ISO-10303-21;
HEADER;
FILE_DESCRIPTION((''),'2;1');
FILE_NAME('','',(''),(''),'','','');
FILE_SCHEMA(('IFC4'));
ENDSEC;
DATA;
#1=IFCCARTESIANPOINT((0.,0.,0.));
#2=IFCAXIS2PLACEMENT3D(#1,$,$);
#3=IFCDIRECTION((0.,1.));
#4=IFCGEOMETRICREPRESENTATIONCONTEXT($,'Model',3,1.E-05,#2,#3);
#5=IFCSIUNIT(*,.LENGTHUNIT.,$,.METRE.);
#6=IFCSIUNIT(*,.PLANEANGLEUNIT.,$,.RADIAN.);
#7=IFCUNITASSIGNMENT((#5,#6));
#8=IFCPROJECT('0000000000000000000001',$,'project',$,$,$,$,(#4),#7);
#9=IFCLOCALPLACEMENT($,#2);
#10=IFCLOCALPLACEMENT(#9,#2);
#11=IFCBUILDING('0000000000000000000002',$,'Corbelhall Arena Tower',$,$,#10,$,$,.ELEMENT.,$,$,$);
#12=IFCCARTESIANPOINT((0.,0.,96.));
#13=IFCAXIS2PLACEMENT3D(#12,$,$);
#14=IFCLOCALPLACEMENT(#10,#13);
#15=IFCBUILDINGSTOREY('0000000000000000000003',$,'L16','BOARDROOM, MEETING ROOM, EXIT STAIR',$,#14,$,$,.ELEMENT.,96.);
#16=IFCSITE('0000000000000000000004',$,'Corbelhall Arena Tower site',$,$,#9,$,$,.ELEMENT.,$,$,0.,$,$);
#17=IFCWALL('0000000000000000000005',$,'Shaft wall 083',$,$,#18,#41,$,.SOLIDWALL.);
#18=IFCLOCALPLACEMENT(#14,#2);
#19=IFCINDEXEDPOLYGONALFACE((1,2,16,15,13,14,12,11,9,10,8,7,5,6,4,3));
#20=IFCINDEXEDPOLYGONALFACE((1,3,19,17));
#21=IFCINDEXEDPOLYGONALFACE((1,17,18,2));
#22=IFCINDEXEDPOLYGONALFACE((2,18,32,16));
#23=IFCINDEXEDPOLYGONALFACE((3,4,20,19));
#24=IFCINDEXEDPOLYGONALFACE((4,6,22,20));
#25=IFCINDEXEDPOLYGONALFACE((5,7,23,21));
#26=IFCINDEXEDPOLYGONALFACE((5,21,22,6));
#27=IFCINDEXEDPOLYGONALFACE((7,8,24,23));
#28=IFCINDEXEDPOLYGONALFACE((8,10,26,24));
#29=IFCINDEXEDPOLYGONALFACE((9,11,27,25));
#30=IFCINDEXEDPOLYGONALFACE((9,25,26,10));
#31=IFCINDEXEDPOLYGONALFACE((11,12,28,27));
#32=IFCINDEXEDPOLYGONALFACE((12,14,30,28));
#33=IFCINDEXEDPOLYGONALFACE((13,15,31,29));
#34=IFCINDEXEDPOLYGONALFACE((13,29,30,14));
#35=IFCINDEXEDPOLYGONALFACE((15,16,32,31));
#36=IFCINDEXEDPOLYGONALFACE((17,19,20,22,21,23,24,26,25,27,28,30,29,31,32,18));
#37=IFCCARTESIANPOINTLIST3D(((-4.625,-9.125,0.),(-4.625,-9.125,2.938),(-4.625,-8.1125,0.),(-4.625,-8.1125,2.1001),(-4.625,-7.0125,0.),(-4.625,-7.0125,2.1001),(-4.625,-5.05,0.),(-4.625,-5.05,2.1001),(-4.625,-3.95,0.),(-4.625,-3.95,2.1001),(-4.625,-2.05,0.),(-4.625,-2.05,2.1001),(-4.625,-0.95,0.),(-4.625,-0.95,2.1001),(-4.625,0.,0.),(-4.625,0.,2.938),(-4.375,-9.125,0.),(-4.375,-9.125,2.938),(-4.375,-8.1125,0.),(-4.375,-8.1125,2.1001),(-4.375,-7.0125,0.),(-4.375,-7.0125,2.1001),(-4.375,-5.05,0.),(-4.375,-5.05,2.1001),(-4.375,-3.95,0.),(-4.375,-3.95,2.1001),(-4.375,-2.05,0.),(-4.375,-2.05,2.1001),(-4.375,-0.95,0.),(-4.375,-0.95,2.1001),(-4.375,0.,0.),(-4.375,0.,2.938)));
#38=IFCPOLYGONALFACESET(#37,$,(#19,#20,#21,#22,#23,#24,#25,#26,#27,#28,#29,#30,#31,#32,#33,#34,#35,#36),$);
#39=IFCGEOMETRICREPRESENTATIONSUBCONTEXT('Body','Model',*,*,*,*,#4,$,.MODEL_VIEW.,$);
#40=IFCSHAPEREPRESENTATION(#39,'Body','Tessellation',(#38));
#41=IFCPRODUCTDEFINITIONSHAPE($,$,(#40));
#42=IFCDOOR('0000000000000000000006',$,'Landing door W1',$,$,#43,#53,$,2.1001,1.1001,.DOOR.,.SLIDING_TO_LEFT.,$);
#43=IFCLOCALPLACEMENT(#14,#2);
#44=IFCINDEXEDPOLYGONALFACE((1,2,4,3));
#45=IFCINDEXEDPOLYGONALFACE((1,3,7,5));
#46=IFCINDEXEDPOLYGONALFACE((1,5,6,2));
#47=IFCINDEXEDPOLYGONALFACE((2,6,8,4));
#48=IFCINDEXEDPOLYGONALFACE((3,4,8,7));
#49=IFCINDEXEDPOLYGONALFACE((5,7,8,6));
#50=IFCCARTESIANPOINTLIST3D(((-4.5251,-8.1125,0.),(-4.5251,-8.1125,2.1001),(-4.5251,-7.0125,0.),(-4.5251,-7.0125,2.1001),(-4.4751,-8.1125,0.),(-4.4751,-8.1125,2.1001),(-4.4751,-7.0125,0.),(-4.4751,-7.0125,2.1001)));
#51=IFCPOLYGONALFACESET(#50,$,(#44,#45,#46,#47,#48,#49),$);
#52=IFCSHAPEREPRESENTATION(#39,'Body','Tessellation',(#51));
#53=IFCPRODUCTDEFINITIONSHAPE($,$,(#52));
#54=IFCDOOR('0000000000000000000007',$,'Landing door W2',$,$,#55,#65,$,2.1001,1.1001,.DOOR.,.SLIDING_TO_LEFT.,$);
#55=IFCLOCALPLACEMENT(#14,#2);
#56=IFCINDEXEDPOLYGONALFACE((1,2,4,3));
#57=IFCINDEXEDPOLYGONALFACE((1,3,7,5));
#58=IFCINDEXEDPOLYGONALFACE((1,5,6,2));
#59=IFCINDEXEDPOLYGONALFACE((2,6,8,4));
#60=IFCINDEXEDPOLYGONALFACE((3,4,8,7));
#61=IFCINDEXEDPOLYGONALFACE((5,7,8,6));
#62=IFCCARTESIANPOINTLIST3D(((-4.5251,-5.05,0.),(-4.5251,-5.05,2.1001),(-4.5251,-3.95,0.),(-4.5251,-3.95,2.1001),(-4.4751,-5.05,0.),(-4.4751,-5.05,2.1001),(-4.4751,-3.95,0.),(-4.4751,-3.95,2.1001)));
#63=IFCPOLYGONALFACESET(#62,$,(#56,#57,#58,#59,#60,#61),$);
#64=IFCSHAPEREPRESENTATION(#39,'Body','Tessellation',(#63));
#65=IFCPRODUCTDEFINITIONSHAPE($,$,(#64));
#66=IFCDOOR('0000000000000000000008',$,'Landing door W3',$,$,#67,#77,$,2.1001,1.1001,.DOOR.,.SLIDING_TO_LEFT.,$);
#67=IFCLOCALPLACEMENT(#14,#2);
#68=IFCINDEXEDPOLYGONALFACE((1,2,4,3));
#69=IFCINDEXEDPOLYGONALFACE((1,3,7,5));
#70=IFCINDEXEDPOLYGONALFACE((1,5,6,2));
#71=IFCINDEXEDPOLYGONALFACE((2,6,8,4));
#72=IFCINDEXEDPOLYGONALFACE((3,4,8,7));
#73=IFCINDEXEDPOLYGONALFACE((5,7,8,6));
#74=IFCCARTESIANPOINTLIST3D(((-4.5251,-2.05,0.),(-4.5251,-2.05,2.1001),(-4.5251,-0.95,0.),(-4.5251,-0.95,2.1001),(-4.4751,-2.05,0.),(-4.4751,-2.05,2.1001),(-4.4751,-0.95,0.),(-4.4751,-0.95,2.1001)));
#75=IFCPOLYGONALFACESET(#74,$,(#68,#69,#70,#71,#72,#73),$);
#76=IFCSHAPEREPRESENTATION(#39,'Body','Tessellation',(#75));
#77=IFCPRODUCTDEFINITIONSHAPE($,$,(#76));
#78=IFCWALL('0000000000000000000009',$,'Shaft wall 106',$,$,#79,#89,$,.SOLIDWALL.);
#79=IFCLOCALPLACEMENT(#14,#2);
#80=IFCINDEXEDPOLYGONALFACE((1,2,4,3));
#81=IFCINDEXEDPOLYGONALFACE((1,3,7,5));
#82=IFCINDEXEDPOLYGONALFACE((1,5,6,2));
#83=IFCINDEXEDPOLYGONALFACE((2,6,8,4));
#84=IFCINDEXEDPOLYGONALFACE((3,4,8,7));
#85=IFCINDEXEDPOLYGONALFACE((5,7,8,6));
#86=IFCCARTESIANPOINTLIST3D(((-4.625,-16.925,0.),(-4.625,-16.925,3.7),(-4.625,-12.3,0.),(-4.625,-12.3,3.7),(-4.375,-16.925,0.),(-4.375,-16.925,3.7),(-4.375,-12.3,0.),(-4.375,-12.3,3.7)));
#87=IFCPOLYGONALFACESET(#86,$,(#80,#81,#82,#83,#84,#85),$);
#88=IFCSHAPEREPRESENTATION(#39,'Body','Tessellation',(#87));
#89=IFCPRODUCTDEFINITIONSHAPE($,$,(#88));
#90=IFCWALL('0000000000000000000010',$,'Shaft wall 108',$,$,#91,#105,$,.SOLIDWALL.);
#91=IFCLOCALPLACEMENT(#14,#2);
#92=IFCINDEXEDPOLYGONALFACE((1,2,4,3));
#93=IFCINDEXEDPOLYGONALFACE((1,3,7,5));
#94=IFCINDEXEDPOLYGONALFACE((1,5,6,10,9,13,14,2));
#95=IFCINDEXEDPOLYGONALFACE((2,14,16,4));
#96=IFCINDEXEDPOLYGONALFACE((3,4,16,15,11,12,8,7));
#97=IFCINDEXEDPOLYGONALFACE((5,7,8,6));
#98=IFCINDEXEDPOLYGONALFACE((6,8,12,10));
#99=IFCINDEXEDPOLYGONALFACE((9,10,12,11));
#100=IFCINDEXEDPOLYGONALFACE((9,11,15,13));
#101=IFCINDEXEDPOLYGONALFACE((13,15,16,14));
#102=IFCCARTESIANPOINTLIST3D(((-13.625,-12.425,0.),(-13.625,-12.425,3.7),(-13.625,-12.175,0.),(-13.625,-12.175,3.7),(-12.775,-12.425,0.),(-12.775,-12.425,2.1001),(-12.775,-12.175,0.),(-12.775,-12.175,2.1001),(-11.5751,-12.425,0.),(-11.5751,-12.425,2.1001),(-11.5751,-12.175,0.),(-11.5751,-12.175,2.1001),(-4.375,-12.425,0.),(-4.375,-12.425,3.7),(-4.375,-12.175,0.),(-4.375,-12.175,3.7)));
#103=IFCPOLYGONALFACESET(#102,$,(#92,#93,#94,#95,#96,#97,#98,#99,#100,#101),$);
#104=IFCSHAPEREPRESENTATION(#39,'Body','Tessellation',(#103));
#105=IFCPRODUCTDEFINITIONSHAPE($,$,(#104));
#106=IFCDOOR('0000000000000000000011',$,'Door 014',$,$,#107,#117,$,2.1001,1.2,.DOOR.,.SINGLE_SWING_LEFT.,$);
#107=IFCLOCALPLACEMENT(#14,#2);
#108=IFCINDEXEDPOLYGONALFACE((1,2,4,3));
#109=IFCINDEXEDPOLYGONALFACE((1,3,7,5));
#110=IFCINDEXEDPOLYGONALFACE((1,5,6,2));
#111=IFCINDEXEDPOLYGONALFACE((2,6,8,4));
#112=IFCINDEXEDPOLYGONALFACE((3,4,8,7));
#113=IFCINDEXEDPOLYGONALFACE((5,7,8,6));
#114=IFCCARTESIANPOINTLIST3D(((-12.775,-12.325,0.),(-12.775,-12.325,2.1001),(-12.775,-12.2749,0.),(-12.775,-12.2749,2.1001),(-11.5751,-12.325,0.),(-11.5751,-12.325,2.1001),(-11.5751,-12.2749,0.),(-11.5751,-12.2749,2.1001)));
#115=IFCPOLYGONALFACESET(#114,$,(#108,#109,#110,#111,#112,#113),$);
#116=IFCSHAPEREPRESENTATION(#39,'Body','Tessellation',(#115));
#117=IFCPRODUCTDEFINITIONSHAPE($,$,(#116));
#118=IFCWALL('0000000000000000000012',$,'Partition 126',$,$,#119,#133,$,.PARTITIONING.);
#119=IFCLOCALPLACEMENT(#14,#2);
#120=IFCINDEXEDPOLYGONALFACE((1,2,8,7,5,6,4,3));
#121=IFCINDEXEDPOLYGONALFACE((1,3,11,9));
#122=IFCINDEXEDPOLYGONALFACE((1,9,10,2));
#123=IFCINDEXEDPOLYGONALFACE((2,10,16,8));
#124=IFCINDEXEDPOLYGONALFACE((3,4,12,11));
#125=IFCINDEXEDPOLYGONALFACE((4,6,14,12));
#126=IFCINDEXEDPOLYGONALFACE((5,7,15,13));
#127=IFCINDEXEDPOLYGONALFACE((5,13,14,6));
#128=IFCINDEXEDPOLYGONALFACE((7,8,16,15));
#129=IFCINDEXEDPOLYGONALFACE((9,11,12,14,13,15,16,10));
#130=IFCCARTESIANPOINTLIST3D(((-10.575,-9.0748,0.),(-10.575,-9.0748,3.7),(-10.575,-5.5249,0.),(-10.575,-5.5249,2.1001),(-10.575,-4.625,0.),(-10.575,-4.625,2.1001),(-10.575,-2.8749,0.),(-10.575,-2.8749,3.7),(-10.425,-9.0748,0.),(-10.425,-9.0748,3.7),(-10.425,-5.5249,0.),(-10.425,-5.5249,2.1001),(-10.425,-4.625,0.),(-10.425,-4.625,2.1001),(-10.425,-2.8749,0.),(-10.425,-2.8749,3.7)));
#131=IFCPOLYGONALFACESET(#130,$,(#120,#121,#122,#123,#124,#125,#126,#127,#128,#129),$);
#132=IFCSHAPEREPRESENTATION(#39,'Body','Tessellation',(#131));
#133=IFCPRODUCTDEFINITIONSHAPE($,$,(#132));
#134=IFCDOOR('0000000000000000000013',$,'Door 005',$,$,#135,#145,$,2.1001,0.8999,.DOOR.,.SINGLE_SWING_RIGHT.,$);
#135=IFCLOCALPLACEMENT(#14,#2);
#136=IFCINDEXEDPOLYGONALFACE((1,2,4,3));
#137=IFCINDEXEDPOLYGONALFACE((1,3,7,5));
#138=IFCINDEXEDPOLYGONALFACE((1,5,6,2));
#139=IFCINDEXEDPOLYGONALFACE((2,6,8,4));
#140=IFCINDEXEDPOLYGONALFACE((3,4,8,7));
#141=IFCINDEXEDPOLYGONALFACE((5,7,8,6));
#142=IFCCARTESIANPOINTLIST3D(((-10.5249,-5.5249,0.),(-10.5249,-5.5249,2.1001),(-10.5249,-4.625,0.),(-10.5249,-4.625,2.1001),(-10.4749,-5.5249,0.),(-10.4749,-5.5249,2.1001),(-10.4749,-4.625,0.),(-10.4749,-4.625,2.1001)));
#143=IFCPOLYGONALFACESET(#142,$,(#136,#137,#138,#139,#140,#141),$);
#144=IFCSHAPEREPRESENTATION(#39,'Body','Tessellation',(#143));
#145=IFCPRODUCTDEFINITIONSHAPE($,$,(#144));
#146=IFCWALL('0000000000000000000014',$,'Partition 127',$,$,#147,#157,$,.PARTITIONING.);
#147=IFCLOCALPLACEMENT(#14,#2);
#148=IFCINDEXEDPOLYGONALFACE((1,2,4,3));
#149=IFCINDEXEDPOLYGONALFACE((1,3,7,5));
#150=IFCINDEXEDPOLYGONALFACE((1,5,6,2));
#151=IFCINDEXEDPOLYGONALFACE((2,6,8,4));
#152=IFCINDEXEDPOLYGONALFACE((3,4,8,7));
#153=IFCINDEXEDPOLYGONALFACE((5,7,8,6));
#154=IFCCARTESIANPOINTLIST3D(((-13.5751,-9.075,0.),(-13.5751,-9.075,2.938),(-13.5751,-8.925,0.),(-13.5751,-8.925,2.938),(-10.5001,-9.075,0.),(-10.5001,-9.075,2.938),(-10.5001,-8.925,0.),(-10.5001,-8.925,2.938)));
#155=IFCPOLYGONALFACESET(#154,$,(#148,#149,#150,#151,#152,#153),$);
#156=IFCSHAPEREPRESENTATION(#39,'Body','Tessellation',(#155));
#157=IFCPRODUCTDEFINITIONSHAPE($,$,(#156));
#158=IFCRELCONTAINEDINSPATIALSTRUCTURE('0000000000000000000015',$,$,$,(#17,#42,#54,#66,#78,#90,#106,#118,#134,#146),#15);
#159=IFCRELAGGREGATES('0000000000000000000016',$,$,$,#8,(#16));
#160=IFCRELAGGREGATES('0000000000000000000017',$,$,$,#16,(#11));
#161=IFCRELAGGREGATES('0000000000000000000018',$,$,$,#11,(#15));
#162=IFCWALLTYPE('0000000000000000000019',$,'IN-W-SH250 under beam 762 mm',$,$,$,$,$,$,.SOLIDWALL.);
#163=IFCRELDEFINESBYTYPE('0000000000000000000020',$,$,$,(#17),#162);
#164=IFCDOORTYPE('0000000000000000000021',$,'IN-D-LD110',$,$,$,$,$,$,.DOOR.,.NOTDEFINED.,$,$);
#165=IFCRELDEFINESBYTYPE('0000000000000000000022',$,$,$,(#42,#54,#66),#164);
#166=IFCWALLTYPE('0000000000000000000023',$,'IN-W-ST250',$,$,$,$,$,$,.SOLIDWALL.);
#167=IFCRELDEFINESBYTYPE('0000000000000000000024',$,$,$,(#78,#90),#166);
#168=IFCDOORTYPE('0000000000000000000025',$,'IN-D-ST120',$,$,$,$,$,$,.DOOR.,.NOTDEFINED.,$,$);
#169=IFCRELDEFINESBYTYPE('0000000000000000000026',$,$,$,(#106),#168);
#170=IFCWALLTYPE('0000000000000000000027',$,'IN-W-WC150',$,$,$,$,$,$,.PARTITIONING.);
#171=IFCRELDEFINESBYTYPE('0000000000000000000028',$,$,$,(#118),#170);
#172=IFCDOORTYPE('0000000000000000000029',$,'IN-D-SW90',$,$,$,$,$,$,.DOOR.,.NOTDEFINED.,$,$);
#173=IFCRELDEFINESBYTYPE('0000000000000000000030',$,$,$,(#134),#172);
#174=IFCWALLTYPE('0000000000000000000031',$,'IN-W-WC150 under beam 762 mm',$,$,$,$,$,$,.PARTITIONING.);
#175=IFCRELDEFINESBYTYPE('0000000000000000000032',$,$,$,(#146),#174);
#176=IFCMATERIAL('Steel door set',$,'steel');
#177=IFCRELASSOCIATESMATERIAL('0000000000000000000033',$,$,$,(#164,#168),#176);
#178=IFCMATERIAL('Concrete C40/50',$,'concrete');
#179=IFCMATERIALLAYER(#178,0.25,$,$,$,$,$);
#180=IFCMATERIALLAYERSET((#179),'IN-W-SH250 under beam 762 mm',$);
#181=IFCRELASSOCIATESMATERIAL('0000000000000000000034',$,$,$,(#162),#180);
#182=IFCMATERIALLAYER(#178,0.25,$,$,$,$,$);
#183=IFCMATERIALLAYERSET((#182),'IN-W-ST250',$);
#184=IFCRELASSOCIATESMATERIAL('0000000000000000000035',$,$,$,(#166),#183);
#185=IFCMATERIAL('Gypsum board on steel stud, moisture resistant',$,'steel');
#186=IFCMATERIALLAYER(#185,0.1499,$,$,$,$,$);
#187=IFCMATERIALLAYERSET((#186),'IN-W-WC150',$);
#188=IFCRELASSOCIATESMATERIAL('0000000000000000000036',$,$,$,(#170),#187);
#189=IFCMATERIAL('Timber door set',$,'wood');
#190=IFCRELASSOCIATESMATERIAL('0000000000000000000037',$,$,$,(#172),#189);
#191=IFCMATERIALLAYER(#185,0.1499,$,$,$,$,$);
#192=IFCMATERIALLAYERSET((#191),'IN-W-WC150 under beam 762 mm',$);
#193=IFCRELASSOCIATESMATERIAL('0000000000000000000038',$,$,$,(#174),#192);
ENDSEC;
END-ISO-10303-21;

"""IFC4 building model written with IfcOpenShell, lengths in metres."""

from ifc_helpers import new_model, si_unit, direction, frame, frame_2d, origin, place, context, subcontext, project, spatial, rectangle, extrude, material, layer, layer_set, type_object, element, fill, save


model = new_model("IFC4")

# Units and contexts
model_context = context("Model", 3, precision=1e-05, world=origin(), true_north=direction((0.0, 1.0)))
body_context = subcontext(model_context, "Body", "Model", "MODEL_VIEW")
ifc_project = project(units=[si_unit("LENGTHUNIT", "METRE"), si_unit("PLANEANGLEUNIT", "RADIAN")], contexts=[model_context])

# Site, building, storey
site_placement = place(None, origin())
site = spatial("IfcSite", under=ifc_project, at=site_placement, Name="Corbelhall Arena Tower site", CompositionType="ELEMENT", RefElevation=0.0)
building_placement = place(site_placement, origin())
building = spatial("IfcBuilding", under=site, at=building_placement, Name="Corbelhall Arena Tower", CompositionType="ELEMENT")
storey_placement = place(building_placement, frame((0.0, 0.0, 96.0)))
storey = spatial("IfcBuildingStorey", under=building, at=storey_placement, Name="L16", Description="BOARDROOM, MEETING ROOM, EXIT STAIR", CompositionType="ELEMENT", Elevation=96.0)

# Shared definitions
ifc_material_1 = material(Name="Concrete C40/50", Category="concrete")
ifc_material_2 = material(Name="Steel door set", Category="steel")
door_type_1 = type_object("IfcDoorType", Name="IN-D-LD110", OperationType="NOTDEFINED", PredefinedType="DOOR", material=ifc_material_2)

# Shared definitions
ifc_layer_1 = layer(ifc_material_1, 0.25)
ifc_layer_set_1 = layer_set([ifc_layer_1], Name="IN-W-SH250 under beam 762 mm")
wall_type_1 = type_object("IfcWallType", Name="IN-W-SH250 under beam 762 mm", PredefinedType="SOLIDWALL", material=ifc_layer_set_1)

# Wall, openings, doors
wall_1_placement = place(storey_placement, frame((-4.5, 0.0, 0.0), z_axis=(0.0, 0.0, 1.0), x_axis=(0.0, -1.0, 0.0)))
wall_1 = element("IfcWall", 1, at=wall_1_placement, inside=storey, type_object=wall_type_1, Name="Shaft wall 083", PredefinedType="SOLIDWALL", context=body_context, shape_type="SweptSolid", body=[
    extrude(rectangle(XDim=9.125, YDim=0.25, at=frame_2d((4.5625, 0.0))), origin(), (0.0, 0.0, 1.0), 2.938),
])
opening_1_placement = place(wall_1_placement, frame((7.0125, 0.0, 0.0)))
opening_1 = element("IfcOpeningElement", 2, at=opening_1_placement, cuts=wall_1, PredefinedType="OPENING", context=body_context, shape_type="SweptSolid", body=[
    extrude(rectangle(XDim=1.1001, YDim=2.1001, at=frame_2d((0.55, 1.05))), frame((0.0, 0.125, 0.0), z_axis=(0.0, -1.0, 0.0), x_axis=(1.0, 0.0, 0.0)), (0.0, 0.0, 1.0), 0.25),
])
opening_2_placement = place(wall_1_placement, frame((3.95, 0.0, 0.0)))
opening_2 = element("IfcOpeningElement", 3, at=opening_2_placement, cuts=wall_1, PredefinedType="OPENING", context=body_context, shape_type="SweptSolid", body=[
    extrude(rectangle(XDim=1.1001, YDim=2.1001, at=frame_2d((0.55, 1.05))), frame((0.0, 0.125, 0.0), z_axis=(0.0, -1.0, 0.0), x_axis=(1.0, 0.0, 0.0)), (0.0, 0.0, 1.0), 0.25),
])
opening_3_placement = place(wall_1_placement, frame((0.95, 0.0, 0.0)))
opening_3 = element("IfcOpeningElement", 4, at=opening_3_placement, cuts=wall_1, PredefinedType="OPENING", context=body_context, shape_type="SweptSolid", body=[
    extrude(rectangle(XDim=1.1001, YDim=2.1001, at=frame_2d((0.55, 1.05))), frame((0.0, 0.125, 0.0), z_axis=(0.0, -1.0, 0.0), x_axis=(1.0, 0.0, 0.0)), (0.0, 0.0, 1.0), 0.25),
])
door_1_placement = place(opening_1_placement, origin())
door_1 = element("IfcDoor", 5, at=door_1_placement, inside=storey, type_object=door_type_1, Name="Landing door W1", OperationType="SLIDING_TO_LEFT", OverallHeight=2.1001, OverallWidth=1.1001, PredefinedType="DOOR", context=body_context, shape_type="SweptSolid", body=[
    extrude(rectangle(XDim=1.1001, YDim=2.1001, at=frame_2d((0.55, 1.05))), frame((0.0, 0.0249, 0.0), z_axis=(0.0, -1.0, 0.0), x_axis=(1.0, 0.0, 0.0)), (0.0, 0.0, 1.0), 0.05),
])
fill(opening_1, door_1)
door_2_placement = place(opening_2_placement, origin())
door_2 = element("IfcDoor", 6, at=door_2_placement, inside=storey, type_object=door_type_1, Name="Landing door W2", OperationType="SLIDING_TO_LEFT", OverallHeight=2.1001, OverallWidth=1.1001, PredefinedType="DOOR", context=body_context, shape_type="SweptSolid", body=[
    extrude(rectangle(XDim=1.1001, YDim=2.1001, at=frame_2d((0.55, 1.05))), frame((0.0, 0.0249, 0.0), z_axis=(0.0, -1.0, 0.0), x_axis=(1.0, 0.0, 0.0)), (0.0, 0.0, 1.0), 0.05),
])
fill(opening_2, door_2)
door_3_placement = place(opening_3_placement, origin())
door_3 = element("IfcDoor", 7, at=door_3_placement, inside=storey, type_object=door_type_1, Name="Landing door W3", OperationType="SLIDING_TO_LEFT", OverallHeight=2.1001, OverallWidth=1.1001, PredefinedType="DOOR", context=body_context, shape_type="SweptSolid", body=[
    extrude(rectangle(XDim=1.1001, YDim=2.1001, at=frame_2d((0.55, 1.05))), frame((0.0, 0.0249, 0.0), z_axis=(0.0, -1.0, 0.0), x_axis=(1.0, 0.0, 0.0)), (0.0, 0.0, 1.0), 0.05),
])
fill(opening_3, door_3)

# Wall
ifc_layer_2 = layer(ifc_material_1, 0.25)
ifc_layer_set_2 = layer_set([ifc_layer_2], Name="IN-W-ST250")
wall_type_2 = type_object("IfcWallType", Name="IN-W-ST250", PredefinedType="SOLIDWALL", material=ifc_layer_set_2)
wall_2_placement = place(storey_placement, frame((-4.5, -12.3, 0.0), z_axis=(0.0, 0.0, 1.0), x_axis=(0.0, -1.0, 0.0)))
element("IfcWall", 8, at=wall_2_placement, inside=storey, type_object=wall_type_2, Name="Shaft wall 106", PredefinedType="SOLIDWALL", context=body_context, shape_type="SweptSolid", body=[
    extrude(rectangle(XDim=4.625, YDim=0.25, at=frame_2d((2.3125, 0.0))), origin(), (0.0, 0.0, 1.0), 3.7),
])

# Walls, openings, doors
wall_3_placement = place(storey_placement, frame((-4.375, -12.3, 0.0), z_axis=(0.0, 0.0, 1.0), x_axis=(-1.0, 0.0, 0.0)))
wall_3 = element("IfcWall", 9, at=wall_3_placement, inside=storey, type_object=wall_type_2, Name="Shaft wall 108", PredefinedType="SOLIDWALL", context=body_context, shape_type="SweptSolid", body=[
    extrude(rectangle(XDim=9.25, YDim=0.25, at=frame_2d((4.625, 0.0))), origin(), (0.0, 0.0, 1.0), 3.7),
])
opening_4_placement = place(wall_3_placement, frame((7.2, 0.0, 0.0)))
opening_4 = element("IfcOpeningElement", 10, at=opening_4_placement, cuts=wall_3, PredefinedType="OPENING", context=body_context, shape_type="SweptSolid", body=[
    extrude(rectangle(XDim=1.2, YDim=2.1001, at=frame_2d((0.6001, 1.05))), frame((0.0, 0.125, 0.0), z_axis=(0.0, -1.0, 0.0), x_axis=(1.0, 0.0, 0.0)), (0.0, 0.0, 1.0), 0.25),
])
door_type_2 = type_object("IfcDoorType", Name="IN-D-ST120", OperationType="NOTDEFINED", PredefinedType="DOOR", material=ifc_material_2)
door_4_placement = place(opening_4_placement, origin())
door_4 = element("IfcDoor", 11, at=door_4_placement, inside=storey, type_object=door_type_2, Name="Door 014", OperationType="SINGLE_SWING_LEFT", OverallHeight=2.1001, OverallWidth=1.2, PredefinedType="DOOR", context=body_context, shape_type="SweptSolid", body=[
    extrude(rectangle(XDim=1.2, YDim=2.1001, at=frame_2d((0.6001, 1.05))), frame((0.0, 0.0249, 0.0), z_axis=(0.0, -1.0, 0.0), x_axis=(1.0, 0.0, 0.0)), (0.0, 0.0, 1.0), 0.05),
])
fill(opening_4, door_4)
ifc_material_3 = material(Name="Gypsum board on steel stud, moisture resistant", Category="steel")
ifc_layer_3 = layer(ifc_material_3, 0.1499)
ifc_layer_set_3 = layer_set([ifc_layer_3], Name="IN-W-WC150")
wall_type_3 = type_object("IfcWallType", Name="IN-W-WC150", PredefinedType="PARTITIONING", material=ifc_layer_set_3)
wall_4_placement = place(storey_placement, frame((-10.5, -9.075, 0.0), z_axis=(0.0, 0.0, 1.0), x_axis=(0.0, 1.0, 0.0)))
wall_4 = element("IfcWall", 12, at=wall_4_placement, inside=storey, type_object=wall_type_3, Name="Partition 126", PredefinedType="PARTITIONING", context=body_context, shape_type="SweptSolid", body=[
    extrude(rectangle(XDim=6.2, YDim=0.1499, at=frame_2d((3.1001, 0.0))), origin(), (0.0, 0.0, 1.0), 3.7),
])
opening_5_placement = place(wall_4_placement, frame((3.55, 0.0, 0.0)))
opening_5 = element("IfcOpeningElement", 13, at=opening_5_placement, cuts=wall_4, PredefinedType="OPENING", context=body_context, shape_type="SweptSolid", body=[
    extrude(rectangle(XDim=0.8999, YDim=2.1001, at=frame_2d((0.45, 1.05))), frame((0.0, 0.075, 0.0), z_axis=(0.0, -1.0, 0.0), x_axis=(1.0, 0.0, 0.0)), (0.0, 0.0, 1.0), 0.1499),
])
ifc_material_4 = material(Name="Timber door set", Category="wood")
door_type_3 = type_object("IfcDoorType", Name="IN-D-SW90", OperationType="NOTDEFINED", PredefinedType="DOOR", material=ifc_material_4)
door_5_placement = place(opening_5_placement, origin())
door_5 = element("IfcDoor", 14, at=door_5_placement, inside=storey, type_object=door_type_3, Name="Door 005", OperationType="SINGLE_SWING_RIGHT", OverallHeight=2.1001, OverallWidth=0.8999, PredefinedType="DOOR", context=body_context, shape_type="SweptSolid", body=[
    extrude(rectangle(XDim=0.8999, YDim=2.1001, at=frame_2d((0.45, 1.05))), frame((0.0, 0.0249, 0.0), z_axis=(0.0, -1.0, 0.0), x_axis=(1.0, 0.0, 0.0)), (0.0, 0.0, 1.0), 0.05),
])
fill(opening_5, door_5)

# Wall
ifc_layer_4 = layer(ifc_material_3, 0.1499)
ifc_layer_set_4 = layer_set([ifc_layer_4], Name="IN-W-WC150 under beam 762 mm")
wall_type_4 = type_object("IfcWallType", Name="IN-W-WC150 under beam 762 mm", PredefinedType="PARTITIONING", material=ifc_layer_set_4)
wall_5_placement = place(storey_placement, frame((-10.5, -9.0, 0.0), z_axis=(0.0, 0.0, 1.0), x_axis=(-1.0, 0.0, 0.0)))
element("IfcWall", 15, at=wall_5_placement, inside=storey, type_object=wall_type_4, Name="Partition 127", PredefinedType="PARTITIONING", context=body_context, shape_type="SweptSolid", body=[
    extrude(rectangle(XDim=3.075, YDim=0.1499, at=frame_2d((1.5376, 0.0))), origin(), (0.0, 0.0, 1.0), 2.938),
])

save(model, "model.ifc")
